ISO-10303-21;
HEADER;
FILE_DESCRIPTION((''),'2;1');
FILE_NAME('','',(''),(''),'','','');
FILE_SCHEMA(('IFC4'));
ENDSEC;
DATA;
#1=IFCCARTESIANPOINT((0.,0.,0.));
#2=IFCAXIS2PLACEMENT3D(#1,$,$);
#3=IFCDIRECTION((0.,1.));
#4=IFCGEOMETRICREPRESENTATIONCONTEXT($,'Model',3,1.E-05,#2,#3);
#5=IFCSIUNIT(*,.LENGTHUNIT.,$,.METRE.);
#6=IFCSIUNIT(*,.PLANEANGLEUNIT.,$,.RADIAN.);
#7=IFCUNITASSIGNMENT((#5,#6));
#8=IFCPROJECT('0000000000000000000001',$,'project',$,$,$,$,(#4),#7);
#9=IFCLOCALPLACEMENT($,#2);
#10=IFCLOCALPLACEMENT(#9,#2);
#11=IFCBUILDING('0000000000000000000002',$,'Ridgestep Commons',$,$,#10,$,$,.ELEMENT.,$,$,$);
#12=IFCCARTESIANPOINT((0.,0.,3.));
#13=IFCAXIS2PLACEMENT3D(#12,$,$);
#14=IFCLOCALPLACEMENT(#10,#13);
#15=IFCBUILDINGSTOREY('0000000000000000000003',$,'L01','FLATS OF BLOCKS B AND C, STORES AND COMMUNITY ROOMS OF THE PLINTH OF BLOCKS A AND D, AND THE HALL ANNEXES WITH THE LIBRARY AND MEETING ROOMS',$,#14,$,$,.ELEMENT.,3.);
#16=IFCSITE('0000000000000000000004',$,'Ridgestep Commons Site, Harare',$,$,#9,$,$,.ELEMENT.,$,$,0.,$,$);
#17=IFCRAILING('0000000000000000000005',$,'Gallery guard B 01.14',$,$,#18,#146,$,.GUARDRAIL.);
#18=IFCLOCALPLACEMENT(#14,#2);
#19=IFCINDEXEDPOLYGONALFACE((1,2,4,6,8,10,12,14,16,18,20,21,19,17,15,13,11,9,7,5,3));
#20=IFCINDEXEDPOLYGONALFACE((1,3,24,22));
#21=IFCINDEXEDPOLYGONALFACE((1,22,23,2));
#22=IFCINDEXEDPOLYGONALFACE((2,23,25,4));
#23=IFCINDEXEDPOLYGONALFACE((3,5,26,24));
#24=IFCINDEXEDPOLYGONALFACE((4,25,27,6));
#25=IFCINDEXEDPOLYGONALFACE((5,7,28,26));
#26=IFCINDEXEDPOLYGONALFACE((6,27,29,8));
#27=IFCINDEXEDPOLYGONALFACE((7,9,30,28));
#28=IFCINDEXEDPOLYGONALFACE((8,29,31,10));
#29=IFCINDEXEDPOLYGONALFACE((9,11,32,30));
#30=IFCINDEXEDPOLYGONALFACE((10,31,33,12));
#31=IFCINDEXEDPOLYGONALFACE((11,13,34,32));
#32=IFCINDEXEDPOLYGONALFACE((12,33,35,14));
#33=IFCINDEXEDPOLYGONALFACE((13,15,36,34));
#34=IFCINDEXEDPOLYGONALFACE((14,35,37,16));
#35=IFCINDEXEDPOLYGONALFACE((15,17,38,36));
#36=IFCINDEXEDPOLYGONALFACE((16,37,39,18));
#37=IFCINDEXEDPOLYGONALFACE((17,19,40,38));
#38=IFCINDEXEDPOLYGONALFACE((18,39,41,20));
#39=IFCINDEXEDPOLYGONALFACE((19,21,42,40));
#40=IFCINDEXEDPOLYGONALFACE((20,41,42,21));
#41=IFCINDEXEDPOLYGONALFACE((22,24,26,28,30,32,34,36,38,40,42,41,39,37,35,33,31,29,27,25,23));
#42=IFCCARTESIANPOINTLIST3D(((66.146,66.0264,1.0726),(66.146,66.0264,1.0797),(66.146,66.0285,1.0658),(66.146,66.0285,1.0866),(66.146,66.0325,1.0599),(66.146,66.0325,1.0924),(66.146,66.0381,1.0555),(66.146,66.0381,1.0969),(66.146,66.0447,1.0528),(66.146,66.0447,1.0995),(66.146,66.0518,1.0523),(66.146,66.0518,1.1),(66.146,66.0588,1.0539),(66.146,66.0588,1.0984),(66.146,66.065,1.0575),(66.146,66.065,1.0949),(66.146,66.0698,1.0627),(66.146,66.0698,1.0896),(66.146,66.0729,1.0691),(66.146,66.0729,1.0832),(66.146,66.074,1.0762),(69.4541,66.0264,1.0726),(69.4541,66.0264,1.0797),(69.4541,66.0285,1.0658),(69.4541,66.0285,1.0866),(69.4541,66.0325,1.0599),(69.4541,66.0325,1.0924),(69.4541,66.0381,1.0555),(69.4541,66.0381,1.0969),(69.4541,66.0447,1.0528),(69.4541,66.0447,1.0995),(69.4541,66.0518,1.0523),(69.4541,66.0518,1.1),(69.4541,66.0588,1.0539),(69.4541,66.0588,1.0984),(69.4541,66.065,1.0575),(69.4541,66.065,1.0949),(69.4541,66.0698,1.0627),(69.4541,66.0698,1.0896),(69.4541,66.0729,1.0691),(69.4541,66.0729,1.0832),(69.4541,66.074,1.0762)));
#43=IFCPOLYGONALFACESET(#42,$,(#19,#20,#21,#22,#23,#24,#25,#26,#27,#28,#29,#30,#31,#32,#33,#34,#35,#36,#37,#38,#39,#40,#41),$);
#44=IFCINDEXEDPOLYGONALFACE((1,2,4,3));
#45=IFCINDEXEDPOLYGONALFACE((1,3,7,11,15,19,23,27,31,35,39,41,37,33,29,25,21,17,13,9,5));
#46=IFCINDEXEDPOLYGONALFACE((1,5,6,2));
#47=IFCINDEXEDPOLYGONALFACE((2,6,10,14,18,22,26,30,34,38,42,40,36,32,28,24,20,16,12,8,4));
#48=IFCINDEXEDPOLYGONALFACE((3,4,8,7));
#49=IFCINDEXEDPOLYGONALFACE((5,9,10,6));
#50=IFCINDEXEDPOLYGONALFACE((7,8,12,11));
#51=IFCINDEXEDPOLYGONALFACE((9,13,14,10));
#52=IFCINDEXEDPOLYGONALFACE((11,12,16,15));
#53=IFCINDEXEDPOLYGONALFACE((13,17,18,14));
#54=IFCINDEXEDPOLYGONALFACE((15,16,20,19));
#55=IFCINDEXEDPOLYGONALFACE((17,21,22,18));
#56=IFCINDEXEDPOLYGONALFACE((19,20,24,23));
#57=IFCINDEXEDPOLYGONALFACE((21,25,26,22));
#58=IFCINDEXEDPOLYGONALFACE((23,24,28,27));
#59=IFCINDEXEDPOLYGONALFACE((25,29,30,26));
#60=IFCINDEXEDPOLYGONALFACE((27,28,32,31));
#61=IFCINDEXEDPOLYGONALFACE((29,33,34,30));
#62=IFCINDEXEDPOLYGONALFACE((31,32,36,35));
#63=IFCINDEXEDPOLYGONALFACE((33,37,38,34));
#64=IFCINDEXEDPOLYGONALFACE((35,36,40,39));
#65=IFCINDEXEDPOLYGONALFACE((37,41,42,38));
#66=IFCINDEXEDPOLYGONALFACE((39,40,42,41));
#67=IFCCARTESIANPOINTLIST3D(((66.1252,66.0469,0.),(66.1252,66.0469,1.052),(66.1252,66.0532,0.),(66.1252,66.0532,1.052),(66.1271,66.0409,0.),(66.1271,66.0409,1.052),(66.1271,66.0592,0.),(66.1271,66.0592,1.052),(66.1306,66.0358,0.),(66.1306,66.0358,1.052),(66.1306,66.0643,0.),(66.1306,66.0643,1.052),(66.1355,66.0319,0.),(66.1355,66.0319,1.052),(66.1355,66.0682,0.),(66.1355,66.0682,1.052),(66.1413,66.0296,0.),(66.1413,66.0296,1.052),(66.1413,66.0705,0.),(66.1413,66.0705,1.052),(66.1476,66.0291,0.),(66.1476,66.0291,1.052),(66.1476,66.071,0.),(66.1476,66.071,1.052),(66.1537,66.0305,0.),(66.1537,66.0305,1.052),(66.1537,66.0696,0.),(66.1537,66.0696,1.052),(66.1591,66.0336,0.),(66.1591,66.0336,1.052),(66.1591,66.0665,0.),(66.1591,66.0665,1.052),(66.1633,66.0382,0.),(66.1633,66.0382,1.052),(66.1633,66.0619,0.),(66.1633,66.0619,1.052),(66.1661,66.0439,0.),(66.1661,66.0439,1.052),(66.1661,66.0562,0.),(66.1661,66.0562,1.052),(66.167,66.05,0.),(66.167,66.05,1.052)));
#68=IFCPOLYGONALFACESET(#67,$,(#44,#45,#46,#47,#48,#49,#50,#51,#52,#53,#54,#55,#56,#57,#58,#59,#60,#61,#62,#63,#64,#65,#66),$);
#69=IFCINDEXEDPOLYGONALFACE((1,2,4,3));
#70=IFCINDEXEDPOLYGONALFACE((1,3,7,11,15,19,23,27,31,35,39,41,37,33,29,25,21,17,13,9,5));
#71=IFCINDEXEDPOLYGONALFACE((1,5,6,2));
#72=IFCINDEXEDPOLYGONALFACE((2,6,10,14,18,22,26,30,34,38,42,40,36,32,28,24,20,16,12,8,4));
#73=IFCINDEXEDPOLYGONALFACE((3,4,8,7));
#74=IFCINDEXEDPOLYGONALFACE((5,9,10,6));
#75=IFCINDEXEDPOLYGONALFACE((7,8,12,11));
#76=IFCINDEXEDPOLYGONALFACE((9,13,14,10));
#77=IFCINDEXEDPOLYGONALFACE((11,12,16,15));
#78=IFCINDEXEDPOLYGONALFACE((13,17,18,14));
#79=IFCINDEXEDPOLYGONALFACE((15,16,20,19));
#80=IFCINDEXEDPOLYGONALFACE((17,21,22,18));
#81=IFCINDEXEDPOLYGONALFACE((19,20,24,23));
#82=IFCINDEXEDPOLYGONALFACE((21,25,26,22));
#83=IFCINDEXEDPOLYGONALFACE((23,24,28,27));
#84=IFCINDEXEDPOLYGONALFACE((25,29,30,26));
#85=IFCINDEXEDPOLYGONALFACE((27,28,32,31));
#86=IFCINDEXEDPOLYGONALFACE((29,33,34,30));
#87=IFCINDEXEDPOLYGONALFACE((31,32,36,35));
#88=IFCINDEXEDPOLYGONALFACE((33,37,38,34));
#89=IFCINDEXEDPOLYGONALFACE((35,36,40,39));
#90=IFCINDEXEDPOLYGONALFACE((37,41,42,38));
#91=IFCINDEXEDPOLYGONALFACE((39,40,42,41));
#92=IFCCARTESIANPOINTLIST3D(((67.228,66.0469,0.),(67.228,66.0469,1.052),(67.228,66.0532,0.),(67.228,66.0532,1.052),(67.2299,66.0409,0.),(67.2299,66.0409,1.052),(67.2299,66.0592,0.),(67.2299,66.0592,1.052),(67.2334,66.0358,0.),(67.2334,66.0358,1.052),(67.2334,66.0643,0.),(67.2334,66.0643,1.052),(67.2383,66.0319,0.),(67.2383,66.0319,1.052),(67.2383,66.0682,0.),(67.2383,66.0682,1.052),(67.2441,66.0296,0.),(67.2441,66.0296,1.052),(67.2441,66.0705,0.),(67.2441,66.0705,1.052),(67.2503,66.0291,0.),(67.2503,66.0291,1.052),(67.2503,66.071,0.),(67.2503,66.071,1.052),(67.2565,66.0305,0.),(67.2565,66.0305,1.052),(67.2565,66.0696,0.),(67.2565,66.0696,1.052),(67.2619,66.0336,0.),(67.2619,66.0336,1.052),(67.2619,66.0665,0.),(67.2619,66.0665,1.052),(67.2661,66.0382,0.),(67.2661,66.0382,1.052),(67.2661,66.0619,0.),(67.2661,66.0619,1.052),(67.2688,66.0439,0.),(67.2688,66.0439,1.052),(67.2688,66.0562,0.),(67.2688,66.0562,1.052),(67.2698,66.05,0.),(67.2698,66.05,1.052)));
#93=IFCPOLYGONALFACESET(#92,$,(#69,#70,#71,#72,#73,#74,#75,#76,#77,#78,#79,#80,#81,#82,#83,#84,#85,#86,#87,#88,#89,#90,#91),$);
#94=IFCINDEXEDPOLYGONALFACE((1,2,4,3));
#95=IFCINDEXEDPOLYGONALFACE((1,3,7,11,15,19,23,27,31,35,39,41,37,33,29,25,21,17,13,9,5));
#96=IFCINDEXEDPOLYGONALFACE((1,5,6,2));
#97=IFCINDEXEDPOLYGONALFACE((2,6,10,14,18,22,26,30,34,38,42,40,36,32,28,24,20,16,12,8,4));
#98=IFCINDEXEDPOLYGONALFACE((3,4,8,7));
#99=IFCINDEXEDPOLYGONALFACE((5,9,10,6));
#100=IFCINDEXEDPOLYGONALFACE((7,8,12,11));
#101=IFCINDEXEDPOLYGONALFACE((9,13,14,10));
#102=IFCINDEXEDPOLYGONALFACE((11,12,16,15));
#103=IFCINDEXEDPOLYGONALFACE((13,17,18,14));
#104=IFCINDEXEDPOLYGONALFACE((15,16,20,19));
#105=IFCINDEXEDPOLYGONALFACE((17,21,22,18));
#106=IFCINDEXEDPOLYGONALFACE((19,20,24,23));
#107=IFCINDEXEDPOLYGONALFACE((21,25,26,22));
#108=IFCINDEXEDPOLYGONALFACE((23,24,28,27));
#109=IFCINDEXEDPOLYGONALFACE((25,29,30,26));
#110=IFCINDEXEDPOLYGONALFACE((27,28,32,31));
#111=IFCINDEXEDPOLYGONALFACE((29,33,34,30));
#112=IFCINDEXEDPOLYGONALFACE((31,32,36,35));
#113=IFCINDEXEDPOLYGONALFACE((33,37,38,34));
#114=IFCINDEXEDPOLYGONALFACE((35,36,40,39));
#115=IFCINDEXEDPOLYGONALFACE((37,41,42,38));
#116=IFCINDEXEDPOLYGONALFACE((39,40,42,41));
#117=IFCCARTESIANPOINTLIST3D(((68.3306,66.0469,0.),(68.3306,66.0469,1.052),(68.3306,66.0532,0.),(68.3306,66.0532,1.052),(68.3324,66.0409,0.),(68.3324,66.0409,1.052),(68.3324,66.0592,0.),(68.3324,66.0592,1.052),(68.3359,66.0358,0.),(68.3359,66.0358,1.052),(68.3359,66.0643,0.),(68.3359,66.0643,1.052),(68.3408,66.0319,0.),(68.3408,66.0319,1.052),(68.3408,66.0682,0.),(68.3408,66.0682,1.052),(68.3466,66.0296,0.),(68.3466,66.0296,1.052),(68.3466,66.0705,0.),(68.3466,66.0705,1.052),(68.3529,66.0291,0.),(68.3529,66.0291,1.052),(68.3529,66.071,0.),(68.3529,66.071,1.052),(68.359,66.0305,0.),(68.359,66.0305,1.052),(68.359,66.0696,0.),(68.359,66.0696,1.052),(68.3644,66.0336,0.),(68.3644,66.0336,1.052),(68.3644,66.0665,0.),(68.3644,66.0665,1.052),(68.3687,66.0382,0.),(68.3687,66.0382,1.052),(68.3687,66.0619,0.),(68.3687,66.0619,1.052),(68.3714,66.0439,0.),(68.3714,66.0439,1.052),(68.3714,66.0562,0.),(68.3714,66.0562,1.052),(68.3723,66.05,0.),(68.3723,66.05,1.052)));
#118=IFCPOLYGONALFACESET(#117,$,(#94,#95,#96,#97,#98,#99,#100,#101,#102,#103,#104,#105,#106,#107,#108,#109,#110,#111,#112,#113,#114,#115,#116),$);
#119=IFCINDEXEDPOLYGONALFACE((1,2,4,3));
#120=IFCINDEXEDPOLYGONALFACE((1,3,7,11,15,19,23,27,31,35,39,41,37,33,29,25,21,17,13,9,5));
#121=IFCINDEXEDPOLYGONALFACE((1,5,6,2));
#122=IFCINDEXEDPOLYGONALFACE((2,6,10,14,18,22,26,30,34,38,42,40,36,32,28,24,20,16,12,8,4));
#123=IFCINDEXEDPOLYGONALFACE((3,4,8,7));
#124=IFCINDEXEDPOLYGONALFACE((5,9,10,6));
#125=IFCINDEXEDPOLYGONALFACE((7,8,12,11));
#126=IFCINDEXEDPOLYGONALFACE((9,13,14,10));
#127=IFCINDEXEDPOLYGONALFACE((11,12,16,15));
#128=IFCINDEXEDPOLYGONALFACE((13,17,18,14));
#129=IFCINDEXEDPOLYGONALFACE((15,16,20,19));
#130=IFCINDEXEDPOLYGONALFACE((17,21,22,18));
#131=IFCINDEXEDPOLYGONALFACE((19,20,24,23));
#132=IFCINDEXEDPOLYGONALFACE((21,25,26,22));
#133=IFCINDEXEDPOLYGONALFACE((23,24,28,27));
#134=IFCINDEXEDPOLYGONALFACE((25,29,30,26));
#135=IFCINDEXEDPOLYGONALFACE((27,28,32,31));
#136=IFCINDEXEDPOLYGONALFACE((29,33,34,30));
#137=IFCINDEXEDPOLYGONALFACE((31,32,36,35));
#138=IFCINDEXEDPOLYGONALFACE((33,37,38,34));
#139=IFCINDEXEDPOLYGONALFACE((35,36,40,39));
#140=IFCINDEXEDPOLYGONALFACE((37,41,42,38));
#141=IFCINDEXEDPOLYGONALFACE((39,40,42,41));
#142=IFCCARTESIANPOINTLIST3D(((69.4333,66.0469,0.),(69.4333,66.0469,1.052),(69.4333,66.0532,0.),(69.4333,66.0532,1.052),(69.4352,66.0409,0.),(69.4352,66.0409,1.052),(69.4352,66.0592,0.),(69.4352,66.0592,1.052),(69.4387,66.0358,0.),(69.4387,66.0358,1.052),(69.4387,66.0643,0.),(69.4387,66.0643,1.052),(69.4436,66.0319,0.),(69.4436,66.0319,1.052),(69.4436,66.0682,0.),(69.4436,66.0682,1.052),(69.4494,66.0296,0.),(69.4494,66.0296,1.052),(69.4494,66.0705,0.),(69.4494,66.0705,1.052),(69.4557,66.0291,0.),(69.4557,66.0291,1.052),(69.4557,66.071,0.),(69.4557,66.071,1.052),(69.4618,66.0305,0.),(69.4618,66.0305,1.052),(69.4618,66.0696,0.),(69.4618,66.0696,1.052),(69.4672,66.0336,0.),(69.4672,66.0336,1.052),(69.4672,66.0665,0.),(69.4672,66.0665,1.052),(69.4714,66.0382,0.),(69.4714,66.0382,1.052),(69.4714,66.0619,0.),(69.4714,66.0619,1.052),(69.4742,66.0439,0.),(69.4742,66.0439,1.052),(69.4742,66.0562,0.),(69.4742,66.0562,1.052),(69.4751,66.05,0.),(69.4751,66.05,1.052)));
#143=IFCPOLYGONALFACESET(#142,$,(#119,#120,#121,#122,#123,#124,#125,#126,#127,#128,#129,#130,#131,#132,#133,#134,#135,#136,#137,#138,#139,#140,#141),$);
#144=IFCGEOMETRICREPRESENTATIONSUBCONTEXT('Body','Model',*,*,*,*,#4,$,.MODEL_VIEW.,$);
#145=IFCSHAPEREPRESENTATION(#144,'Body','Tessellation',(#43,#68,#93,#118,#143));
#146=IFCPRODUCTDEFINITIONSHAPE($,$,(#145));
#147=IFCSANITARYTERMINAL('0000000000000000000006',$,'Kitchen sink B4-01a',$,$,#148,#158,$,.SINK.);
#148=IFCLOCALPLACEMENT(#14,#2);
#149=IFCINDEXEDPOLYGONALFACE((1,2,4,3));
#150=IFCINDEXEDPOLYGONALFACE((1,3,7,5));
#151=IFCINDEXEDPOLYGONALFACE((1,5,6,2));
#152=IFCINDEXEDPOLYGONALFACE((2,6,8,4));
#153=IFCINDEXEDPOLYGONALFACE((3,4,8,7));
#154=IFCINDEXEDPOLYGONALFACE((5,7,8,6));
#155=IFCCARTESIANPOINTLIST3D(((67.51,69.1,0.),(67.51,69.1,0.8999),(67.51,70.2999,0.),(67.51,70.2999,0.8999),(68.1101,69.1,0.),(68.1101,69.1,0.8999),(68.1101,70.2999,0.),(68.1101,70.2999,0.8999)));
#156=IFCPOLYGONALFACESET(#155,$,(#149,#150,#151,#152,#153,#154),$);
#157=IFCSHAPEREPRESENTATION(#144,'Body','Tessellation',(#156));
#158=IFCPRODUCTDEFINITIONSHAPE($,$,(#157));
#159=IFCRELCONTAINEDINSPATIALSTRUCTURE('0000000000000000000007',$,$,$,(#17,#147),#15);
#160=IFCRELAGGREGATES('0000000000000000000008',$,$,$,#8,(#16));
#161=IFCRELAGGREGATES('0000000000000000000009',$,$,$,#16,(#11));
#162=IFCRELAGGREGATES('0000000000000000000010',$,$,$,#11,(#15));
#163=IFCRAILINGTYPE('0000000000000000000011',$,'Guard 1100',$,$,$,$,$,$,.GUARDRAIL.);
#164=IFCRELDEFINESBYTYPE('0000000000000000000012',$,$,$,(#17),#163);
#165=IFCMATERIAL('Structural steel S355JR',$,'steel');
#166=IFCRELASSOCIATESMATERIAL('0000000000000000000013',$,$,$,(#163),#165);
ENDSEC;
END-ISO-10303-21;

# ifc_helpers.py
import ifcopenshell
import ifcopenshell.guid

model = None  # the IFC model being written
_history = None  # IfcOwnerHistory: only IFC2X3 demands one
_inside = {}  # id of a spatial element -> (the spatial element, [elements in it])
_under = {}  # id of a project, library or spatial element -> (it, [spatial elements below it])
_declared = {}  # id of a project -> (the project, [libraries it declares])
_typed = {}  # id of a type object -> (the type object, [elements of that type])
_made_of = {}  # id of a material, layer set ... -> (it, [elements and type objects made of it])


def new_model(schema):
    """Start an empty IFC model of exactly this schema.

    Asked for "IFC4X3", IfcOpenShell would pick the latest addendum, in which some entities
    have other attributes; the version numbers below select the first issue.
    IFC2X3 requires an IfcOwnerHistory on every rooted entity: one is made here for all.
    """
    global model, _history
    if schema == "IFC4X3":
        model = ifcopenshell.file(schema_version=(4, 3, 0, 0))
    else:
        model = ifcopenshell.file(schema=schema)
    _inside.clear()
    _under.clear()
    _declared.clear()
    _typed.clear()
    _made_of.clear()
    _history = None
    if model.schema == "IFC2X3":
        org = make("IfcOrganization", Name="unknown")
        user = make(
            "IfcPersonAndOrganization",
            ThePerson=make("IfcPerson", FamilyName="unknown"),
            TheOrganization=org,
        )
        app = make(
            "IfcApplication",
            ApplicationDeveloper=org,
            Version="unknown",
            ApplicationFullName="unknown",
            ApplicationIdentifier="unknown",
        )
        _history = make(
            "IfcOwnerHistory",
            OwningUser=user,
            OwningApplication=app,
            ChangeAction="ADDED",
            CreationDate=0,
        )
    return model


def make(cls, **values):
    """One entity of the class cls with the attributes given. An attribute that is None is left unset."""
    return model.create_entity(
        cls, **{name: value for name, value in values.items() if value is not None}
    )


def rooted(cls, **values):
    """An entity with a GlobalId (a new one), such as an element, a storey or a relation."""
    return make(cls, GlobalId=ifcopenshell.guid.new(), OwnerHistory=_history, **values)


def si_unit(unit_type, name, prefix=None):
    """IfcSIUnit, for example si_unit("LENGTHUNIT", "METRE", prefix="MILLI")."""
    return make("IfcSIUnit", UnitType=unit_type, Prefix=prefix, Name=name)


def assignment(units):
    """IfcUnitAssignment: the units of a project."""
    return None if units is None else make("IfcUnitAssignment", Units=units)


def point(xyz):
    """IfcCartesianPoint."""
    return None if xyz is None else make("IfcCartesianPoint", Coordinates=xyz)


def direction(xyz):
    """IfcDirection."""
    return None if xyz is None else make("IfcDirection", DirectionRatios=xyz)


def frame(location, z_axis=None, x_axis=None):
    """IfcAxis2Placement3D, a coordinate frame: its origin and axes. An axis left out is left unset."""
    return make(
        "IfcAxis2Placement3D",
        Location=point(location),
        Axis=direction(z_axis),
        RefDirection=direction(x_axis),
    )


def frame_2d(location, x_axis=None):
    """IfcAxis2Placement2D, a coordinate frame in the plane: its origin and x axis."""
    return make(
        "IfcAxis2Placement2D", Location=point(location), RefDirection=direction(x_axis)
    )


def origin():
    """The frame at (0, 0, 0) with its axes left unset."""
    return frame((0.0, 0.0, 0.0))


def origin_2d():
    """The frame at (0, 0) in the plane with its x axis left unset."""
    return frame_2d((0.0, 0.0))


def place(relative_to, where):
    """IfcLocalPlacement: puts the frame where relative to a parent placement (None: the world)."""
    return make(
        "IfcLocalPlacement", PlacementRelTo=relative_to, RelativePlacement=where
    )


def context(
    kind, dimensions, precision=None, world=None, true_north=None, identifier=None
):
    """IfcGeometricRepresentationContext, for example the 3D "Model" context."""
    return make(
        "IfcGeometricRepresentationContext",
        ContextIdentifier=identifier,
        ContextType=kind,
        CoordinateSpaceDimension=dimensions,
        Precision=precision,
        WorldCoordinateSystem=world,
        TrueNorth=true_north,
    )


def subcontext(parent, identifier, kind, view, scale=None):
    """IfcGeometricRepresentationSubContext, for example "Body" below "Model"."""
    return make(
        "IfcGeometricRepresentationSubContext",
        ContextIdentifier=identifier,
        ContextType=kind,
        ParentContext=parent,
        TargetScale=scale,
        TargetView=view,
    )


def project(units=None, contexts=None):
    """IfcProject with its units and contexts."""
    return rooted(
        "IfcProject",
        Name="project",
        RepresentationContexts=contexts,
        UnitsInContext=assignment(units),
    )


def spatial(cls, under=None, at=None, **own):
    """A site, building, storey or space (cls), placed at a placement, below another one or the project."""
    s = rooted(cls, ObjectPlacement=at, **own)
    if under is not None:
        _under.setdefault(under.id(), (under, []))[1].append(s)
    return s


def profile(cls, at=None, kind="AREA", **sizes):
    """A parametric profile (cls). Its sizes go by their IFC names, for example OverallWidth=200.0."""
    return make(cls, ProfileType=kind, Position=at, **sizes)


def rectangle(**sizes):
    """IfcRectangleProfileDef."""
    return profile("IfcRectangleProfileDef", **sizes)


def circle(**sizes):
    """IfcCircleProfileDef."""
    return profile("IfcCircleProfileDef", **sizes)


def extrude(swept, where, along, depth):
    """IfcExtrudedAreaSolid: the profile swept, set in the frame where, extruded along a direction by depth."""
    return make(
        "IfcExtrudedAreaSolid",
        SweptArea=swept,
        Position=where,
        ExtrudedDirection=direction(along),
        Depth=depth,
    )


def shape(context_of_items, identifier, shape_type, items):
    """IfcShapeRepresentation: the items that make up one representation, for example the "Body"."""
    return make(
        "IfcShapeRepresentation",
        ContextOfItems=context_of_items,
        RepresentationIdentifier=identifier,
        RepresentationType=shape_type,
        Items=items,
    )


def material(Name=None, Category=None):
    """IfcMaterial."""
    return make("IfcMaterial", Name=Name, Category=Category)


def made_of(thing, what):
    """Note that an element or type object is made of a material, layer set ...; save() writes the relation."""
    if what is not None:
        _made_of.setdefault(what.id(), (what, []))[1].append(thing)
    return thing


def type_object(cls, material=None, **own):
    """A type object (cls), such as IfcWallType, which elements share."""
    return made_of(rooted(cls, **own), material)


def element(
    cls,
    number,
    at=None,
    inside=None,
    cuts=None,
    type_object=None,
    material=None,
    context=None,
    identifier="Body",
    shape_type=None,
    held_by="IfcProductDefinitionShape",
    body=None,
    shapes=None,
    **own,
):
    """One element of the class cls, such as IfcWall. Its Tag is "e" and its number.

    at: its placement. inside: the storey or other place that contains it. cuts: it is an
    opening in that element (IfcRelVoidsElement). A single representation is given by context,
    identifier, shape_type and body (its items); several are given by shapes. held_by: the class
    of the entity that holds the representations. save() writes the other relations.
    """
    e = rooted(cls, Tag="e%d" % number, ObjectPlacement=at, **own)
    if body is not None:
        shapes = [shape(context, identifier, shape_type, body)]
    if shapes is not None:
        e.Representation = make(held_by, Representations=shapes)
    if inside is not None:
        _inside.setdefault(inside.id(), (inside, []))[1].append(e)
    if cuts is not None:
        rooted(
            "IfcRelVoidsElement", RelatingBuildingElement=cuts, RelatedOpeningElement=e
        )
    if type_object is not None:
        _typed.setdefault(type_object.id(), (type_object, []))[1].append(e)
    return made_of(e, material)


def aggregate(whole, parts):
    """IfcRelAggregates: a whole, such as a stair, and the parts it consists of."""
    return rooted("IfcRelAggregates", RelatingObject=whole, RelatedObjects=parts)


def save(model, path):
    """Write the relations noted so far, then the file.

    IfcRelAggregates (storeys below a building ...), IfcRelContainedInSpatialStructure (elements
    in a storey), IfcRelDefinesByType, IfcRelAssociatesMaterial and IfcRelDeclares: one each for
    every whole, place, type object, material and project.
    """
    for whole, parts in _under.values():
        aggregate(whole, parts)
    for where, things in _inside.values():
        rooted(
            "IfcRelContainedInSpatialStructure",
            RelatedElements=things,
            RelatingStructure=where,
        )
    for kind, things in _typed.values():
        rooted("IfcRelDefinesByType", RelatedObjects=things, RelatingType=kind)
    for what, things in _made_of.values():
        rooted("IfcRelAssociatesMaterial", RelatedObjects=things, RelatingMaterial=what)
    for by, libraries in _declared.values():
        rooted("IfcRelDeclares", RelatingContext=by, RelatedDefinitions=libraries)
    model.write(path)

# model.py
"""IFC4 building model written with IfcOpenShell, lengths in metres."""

from ifc_helpers import new_model, si_unit, direction, frame, origin, origin_2d, place, context, subcontext, project, spatial, rectangle, circle, extrude, material, type_object, element, save


model = new_model("IFC4")

# Units and contexts
model_context = context("Model", 3, precision=1e-05, world=origin(), true_north=direction((0.0, 1.0)))
body_context = subcontext(model_context, "Body", "Model", "MODEL_VIEW")
ifc_project = project(units=[si_unit("LENGTHUNIT", "METRE"), si_unit("PLANEANGLEUNIT", "RADIAN")], contexts=[model_context])

# Site, building, storey
site_placement = place(None, origin())
site = spatial("IfcSite", under=ifc_project, at=site_placement, Name="Ridgestep Commons Site, Harare", CompositionType="ELEMENT", RefElevation=0.0)
building_placement = place(site_placement, origin())
building = spatial("IfcBuilding", under=site, at=building_placement, Name="Ridgestep Commons", CompositionType="ELEMENT")
storey_placement = place(building_placement, frame((0.0, 0.0, 3.0)))
storey = spatial("IfcBuildingStorey", under=building, at=storey_placement, Name="L01", Description="FLATS OF BLOCKS B AND C, STORES AND COMMUNITY ROOMS OF THE PLINTH OF BLOCKS A AND D, AND THE HALL ANNEXES WITH THE LIBRARY AND MEETING ROOMS", CompositionType="ELEMENT", Elevation=3.0)

# Railing
ifc_material_1 = material(Name="Structural steel S355JR", Category="steel")
railing_type = type_object("IfcRailingType", Name="Guard 1100", PredefinedType="GUARDRAIL", material=ifc_material_1)
railing_placement = place(storey_placement, frame((66.146, 66.05, 0.0)))
element("IfcRailing", 1, at=railing_placement, inside=storey, type_object=railing_type, Name="Gallery guard B 01.14", PredefinedType="GUARDRAIL", context=body_context, shape_type="SweptSolid", body=[
    extrude(circle(Radius=0.0239, at=origin_2d()), frame((0.0, 0.0, 1.0762), z_axis=(1.0, 0.0, 0.0), x_axis=(0.0, 1.0, 0.0)), (0.0, 0.0, 1.0), 3.3081),
    extrude(circle(Radius=0.021, at=origin_2d()), origin(), (0.0, 0.0, 1.0), 1.052),
    extrude(circle(Radius=0.021, at=origin_2d()), frame((1.1028, 0.0, 0.0)), (0.0, 0.0, 1.0), 1.052),
    extrude(circle(Radius=0.021, at=origin_2d()), frame((2.2053, 0.0, 0.0)), (0.0, 0.0, 1.0), 1.052),
    extrude(circle(Radius=0.021, at=origin_2d()), frame((3.3081, 0.0, 0.0)), (0.0, 0.0, 1.0), 1.052),
])

# Sanitary terminal
sanitary_terminal_placement = place(storey_placement, frame((67.8101, 69.7, 0.0), z_axis=(0.0, 0.0, 1.0), x_axis=(1.0, 0.0, 0.0)))
element("IfcSanitaryTerminal", 2, at=sanitary_terminal_placement, inside=storey, Name="Kitchen sink B4-01a", PredefinedType="SINK", context=body_context, shape_type="SweptSolid", body=[
    extrude(rectangle(XDim=0.6001, YDim=1.2, at=origin_2d()), origin(), (0.0, 0.0, 1.0), 0.8999),
])

save(model, "model.ifc")
